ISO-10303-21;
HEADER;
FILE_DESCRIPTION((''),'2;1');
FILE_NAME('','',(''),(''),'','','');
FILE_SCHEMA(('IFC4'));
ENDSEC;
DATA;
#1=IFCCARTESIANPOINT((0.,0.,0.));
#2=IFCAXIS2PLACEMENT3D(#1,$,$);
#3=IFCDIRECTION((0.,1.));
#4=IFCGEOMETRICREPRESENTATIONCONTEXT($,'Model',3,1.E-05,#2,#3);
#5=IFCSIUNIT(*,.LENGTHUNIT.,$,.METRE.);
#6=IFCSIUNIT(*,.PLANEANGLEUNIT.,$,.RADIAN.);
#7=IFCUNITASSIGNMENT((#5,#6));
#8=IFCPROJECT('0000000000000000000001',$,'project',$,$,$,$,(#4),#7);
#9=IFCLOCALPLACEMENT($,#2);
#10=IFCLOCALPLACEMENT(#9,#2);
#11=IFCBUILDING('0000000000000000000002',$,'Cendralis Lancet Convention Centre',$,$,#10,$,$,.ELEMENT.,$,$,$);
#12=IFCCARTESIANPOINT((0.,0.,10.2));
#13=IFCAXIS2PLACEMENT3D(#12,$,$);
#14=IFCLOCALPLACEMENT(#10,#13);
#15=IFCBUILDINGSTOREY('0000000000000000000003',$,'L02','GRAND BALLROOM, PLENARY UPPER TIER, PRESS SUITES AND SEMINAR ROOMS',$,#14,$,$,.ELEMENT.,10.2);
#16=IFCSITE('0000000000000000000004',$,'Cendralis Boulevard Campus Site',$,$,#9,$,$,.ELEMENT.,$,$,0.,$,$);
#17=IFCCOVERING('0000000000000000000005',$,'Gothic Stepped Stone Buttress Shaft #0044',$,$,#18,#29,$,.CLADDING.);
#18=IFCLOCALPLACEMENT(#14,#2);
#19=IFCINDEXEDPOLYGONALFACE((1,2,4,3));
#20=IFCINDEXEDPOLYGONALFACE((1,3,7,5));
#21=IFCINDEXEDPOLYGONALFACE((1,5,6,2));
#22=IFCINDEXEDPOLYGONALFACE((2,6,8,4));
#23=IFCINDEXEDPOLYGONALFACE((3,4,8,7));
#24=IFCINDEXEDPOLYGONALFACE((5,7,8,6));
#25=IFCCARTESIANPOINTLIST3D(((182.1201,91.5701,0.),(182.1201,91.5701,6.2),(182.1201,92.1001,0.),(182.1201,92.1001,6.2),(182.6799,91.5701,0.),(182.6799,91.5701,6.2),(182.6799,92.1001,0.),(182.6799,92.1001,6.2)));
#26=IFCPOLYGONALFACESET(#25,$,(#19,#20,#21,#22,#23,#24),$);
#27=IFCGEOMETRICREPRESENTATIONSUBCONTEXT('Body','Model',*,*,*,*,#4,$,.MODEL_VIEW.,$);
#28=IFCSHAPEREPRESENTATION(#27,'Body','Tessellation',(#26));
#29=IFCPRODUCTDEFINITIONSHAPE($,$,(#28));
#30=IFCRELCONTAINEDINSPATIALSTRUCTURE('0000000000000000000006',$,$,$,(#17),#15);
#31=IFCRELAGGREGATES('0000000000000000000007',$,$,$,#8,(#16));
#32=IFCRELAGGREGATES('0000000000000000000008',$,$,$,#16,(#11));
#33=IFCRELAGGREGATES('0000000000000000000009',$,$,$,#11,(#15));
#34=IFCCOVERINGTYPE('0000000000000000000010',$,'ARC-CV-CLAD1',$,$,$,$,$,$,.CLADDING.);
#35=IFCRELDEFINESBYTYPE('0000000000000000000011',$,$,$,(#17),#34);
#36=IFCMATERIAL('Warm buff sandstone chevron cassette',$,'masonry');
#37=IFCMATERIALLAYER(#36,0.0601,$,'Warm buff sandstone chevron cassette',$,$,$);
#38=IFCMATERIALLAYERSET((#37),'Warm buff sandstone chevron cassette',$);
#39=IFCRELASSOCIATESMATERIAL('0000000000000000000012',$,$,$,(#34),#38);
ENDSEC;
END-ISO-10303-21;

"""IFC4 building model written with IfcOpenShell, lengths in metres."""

from ifc_helpers import new_model, si_unit, direction, frame, origin, place, context, subcontext, project, spatial, polyline, outline, extrude, material, layer, layer_set, type_object, element, save


model = new_model("IFC4")

# Units and contexts
model_context = context("Model", 3, precision=1e-05, world=origin(), true_north=direction((0.0, 1.0)))
body_context = subcontext(model_context, "Body", "Model", "MODEL_VIEW")
ifc_project = project(units=[si_unit("LENGTHUNIT", "METRE"), si_unit("PLANEANGLEUNIT", "RADIAN")], contexts=[model_context])

# Site, building, storey
site_placement = place(None, origin())
site = spatial("IfcSite", under=ifc_project, at=site_placement, Name="Cendralis Boulevard Campus Site", CompositionType="ELEMENT", RefElevation=0.0)
building_placement = place(site_placement, origin())
building = spatial("IfcBuilding", under=site, at=building_placement, Name="Cendralis Lancet Convention Centre", CompositionType="ELEMENT")
storey_placement = place(building_placement, frame((0.0, 0.0, 10.2)))
storey = spatial("IfcBuildingStorey", under=building, at=storey_placement, Name="L02", Description="GRAND BALLROOM, PLENARY UPPER TIER, PRESS SUITES AND SEMINAR ROOMS", CompositionType="ELEMENT", Elevation=10.2)

# Covering
ifc_material_1 = material(Name="Warm buff sandstone chevron cassette", Category="masonry")
ifc_layer_1 = layer(ifc_material_1, 0.0601, Name="Warm buff sandstone chevron cassette")
ifc_layer_set_1 = layer_set([ifc_layer_1], Name="Warm buff sandstone chevron cassette")
covering_type = type_object("IfcCoveringType", Name="ARC-CV-CLAD1", PredefinedType="CLADDING", material=ifc_layer_set_1)
covering_1_placement = place(storey_placement, origin())
element("IfcCovering", 1, at=covering_1_placement, inside=storey, type_object=covering_type, Name="Gothic Stepped Stone Buttress Shaft #0044", PredefinedType="CLADDING", context=body_context, shape_type="SweptSolid", body=[
    extrude(outline(polyline([(182.6799, 92.1001), (182.1201, 92.1001), (182.1201, 91.5701), (182.6799, 91.5701), (182.6799, 92.1001)])), origin(), (0.0, 0.0, 1.0), 6.2),
])

save(model, "model.ifc")
